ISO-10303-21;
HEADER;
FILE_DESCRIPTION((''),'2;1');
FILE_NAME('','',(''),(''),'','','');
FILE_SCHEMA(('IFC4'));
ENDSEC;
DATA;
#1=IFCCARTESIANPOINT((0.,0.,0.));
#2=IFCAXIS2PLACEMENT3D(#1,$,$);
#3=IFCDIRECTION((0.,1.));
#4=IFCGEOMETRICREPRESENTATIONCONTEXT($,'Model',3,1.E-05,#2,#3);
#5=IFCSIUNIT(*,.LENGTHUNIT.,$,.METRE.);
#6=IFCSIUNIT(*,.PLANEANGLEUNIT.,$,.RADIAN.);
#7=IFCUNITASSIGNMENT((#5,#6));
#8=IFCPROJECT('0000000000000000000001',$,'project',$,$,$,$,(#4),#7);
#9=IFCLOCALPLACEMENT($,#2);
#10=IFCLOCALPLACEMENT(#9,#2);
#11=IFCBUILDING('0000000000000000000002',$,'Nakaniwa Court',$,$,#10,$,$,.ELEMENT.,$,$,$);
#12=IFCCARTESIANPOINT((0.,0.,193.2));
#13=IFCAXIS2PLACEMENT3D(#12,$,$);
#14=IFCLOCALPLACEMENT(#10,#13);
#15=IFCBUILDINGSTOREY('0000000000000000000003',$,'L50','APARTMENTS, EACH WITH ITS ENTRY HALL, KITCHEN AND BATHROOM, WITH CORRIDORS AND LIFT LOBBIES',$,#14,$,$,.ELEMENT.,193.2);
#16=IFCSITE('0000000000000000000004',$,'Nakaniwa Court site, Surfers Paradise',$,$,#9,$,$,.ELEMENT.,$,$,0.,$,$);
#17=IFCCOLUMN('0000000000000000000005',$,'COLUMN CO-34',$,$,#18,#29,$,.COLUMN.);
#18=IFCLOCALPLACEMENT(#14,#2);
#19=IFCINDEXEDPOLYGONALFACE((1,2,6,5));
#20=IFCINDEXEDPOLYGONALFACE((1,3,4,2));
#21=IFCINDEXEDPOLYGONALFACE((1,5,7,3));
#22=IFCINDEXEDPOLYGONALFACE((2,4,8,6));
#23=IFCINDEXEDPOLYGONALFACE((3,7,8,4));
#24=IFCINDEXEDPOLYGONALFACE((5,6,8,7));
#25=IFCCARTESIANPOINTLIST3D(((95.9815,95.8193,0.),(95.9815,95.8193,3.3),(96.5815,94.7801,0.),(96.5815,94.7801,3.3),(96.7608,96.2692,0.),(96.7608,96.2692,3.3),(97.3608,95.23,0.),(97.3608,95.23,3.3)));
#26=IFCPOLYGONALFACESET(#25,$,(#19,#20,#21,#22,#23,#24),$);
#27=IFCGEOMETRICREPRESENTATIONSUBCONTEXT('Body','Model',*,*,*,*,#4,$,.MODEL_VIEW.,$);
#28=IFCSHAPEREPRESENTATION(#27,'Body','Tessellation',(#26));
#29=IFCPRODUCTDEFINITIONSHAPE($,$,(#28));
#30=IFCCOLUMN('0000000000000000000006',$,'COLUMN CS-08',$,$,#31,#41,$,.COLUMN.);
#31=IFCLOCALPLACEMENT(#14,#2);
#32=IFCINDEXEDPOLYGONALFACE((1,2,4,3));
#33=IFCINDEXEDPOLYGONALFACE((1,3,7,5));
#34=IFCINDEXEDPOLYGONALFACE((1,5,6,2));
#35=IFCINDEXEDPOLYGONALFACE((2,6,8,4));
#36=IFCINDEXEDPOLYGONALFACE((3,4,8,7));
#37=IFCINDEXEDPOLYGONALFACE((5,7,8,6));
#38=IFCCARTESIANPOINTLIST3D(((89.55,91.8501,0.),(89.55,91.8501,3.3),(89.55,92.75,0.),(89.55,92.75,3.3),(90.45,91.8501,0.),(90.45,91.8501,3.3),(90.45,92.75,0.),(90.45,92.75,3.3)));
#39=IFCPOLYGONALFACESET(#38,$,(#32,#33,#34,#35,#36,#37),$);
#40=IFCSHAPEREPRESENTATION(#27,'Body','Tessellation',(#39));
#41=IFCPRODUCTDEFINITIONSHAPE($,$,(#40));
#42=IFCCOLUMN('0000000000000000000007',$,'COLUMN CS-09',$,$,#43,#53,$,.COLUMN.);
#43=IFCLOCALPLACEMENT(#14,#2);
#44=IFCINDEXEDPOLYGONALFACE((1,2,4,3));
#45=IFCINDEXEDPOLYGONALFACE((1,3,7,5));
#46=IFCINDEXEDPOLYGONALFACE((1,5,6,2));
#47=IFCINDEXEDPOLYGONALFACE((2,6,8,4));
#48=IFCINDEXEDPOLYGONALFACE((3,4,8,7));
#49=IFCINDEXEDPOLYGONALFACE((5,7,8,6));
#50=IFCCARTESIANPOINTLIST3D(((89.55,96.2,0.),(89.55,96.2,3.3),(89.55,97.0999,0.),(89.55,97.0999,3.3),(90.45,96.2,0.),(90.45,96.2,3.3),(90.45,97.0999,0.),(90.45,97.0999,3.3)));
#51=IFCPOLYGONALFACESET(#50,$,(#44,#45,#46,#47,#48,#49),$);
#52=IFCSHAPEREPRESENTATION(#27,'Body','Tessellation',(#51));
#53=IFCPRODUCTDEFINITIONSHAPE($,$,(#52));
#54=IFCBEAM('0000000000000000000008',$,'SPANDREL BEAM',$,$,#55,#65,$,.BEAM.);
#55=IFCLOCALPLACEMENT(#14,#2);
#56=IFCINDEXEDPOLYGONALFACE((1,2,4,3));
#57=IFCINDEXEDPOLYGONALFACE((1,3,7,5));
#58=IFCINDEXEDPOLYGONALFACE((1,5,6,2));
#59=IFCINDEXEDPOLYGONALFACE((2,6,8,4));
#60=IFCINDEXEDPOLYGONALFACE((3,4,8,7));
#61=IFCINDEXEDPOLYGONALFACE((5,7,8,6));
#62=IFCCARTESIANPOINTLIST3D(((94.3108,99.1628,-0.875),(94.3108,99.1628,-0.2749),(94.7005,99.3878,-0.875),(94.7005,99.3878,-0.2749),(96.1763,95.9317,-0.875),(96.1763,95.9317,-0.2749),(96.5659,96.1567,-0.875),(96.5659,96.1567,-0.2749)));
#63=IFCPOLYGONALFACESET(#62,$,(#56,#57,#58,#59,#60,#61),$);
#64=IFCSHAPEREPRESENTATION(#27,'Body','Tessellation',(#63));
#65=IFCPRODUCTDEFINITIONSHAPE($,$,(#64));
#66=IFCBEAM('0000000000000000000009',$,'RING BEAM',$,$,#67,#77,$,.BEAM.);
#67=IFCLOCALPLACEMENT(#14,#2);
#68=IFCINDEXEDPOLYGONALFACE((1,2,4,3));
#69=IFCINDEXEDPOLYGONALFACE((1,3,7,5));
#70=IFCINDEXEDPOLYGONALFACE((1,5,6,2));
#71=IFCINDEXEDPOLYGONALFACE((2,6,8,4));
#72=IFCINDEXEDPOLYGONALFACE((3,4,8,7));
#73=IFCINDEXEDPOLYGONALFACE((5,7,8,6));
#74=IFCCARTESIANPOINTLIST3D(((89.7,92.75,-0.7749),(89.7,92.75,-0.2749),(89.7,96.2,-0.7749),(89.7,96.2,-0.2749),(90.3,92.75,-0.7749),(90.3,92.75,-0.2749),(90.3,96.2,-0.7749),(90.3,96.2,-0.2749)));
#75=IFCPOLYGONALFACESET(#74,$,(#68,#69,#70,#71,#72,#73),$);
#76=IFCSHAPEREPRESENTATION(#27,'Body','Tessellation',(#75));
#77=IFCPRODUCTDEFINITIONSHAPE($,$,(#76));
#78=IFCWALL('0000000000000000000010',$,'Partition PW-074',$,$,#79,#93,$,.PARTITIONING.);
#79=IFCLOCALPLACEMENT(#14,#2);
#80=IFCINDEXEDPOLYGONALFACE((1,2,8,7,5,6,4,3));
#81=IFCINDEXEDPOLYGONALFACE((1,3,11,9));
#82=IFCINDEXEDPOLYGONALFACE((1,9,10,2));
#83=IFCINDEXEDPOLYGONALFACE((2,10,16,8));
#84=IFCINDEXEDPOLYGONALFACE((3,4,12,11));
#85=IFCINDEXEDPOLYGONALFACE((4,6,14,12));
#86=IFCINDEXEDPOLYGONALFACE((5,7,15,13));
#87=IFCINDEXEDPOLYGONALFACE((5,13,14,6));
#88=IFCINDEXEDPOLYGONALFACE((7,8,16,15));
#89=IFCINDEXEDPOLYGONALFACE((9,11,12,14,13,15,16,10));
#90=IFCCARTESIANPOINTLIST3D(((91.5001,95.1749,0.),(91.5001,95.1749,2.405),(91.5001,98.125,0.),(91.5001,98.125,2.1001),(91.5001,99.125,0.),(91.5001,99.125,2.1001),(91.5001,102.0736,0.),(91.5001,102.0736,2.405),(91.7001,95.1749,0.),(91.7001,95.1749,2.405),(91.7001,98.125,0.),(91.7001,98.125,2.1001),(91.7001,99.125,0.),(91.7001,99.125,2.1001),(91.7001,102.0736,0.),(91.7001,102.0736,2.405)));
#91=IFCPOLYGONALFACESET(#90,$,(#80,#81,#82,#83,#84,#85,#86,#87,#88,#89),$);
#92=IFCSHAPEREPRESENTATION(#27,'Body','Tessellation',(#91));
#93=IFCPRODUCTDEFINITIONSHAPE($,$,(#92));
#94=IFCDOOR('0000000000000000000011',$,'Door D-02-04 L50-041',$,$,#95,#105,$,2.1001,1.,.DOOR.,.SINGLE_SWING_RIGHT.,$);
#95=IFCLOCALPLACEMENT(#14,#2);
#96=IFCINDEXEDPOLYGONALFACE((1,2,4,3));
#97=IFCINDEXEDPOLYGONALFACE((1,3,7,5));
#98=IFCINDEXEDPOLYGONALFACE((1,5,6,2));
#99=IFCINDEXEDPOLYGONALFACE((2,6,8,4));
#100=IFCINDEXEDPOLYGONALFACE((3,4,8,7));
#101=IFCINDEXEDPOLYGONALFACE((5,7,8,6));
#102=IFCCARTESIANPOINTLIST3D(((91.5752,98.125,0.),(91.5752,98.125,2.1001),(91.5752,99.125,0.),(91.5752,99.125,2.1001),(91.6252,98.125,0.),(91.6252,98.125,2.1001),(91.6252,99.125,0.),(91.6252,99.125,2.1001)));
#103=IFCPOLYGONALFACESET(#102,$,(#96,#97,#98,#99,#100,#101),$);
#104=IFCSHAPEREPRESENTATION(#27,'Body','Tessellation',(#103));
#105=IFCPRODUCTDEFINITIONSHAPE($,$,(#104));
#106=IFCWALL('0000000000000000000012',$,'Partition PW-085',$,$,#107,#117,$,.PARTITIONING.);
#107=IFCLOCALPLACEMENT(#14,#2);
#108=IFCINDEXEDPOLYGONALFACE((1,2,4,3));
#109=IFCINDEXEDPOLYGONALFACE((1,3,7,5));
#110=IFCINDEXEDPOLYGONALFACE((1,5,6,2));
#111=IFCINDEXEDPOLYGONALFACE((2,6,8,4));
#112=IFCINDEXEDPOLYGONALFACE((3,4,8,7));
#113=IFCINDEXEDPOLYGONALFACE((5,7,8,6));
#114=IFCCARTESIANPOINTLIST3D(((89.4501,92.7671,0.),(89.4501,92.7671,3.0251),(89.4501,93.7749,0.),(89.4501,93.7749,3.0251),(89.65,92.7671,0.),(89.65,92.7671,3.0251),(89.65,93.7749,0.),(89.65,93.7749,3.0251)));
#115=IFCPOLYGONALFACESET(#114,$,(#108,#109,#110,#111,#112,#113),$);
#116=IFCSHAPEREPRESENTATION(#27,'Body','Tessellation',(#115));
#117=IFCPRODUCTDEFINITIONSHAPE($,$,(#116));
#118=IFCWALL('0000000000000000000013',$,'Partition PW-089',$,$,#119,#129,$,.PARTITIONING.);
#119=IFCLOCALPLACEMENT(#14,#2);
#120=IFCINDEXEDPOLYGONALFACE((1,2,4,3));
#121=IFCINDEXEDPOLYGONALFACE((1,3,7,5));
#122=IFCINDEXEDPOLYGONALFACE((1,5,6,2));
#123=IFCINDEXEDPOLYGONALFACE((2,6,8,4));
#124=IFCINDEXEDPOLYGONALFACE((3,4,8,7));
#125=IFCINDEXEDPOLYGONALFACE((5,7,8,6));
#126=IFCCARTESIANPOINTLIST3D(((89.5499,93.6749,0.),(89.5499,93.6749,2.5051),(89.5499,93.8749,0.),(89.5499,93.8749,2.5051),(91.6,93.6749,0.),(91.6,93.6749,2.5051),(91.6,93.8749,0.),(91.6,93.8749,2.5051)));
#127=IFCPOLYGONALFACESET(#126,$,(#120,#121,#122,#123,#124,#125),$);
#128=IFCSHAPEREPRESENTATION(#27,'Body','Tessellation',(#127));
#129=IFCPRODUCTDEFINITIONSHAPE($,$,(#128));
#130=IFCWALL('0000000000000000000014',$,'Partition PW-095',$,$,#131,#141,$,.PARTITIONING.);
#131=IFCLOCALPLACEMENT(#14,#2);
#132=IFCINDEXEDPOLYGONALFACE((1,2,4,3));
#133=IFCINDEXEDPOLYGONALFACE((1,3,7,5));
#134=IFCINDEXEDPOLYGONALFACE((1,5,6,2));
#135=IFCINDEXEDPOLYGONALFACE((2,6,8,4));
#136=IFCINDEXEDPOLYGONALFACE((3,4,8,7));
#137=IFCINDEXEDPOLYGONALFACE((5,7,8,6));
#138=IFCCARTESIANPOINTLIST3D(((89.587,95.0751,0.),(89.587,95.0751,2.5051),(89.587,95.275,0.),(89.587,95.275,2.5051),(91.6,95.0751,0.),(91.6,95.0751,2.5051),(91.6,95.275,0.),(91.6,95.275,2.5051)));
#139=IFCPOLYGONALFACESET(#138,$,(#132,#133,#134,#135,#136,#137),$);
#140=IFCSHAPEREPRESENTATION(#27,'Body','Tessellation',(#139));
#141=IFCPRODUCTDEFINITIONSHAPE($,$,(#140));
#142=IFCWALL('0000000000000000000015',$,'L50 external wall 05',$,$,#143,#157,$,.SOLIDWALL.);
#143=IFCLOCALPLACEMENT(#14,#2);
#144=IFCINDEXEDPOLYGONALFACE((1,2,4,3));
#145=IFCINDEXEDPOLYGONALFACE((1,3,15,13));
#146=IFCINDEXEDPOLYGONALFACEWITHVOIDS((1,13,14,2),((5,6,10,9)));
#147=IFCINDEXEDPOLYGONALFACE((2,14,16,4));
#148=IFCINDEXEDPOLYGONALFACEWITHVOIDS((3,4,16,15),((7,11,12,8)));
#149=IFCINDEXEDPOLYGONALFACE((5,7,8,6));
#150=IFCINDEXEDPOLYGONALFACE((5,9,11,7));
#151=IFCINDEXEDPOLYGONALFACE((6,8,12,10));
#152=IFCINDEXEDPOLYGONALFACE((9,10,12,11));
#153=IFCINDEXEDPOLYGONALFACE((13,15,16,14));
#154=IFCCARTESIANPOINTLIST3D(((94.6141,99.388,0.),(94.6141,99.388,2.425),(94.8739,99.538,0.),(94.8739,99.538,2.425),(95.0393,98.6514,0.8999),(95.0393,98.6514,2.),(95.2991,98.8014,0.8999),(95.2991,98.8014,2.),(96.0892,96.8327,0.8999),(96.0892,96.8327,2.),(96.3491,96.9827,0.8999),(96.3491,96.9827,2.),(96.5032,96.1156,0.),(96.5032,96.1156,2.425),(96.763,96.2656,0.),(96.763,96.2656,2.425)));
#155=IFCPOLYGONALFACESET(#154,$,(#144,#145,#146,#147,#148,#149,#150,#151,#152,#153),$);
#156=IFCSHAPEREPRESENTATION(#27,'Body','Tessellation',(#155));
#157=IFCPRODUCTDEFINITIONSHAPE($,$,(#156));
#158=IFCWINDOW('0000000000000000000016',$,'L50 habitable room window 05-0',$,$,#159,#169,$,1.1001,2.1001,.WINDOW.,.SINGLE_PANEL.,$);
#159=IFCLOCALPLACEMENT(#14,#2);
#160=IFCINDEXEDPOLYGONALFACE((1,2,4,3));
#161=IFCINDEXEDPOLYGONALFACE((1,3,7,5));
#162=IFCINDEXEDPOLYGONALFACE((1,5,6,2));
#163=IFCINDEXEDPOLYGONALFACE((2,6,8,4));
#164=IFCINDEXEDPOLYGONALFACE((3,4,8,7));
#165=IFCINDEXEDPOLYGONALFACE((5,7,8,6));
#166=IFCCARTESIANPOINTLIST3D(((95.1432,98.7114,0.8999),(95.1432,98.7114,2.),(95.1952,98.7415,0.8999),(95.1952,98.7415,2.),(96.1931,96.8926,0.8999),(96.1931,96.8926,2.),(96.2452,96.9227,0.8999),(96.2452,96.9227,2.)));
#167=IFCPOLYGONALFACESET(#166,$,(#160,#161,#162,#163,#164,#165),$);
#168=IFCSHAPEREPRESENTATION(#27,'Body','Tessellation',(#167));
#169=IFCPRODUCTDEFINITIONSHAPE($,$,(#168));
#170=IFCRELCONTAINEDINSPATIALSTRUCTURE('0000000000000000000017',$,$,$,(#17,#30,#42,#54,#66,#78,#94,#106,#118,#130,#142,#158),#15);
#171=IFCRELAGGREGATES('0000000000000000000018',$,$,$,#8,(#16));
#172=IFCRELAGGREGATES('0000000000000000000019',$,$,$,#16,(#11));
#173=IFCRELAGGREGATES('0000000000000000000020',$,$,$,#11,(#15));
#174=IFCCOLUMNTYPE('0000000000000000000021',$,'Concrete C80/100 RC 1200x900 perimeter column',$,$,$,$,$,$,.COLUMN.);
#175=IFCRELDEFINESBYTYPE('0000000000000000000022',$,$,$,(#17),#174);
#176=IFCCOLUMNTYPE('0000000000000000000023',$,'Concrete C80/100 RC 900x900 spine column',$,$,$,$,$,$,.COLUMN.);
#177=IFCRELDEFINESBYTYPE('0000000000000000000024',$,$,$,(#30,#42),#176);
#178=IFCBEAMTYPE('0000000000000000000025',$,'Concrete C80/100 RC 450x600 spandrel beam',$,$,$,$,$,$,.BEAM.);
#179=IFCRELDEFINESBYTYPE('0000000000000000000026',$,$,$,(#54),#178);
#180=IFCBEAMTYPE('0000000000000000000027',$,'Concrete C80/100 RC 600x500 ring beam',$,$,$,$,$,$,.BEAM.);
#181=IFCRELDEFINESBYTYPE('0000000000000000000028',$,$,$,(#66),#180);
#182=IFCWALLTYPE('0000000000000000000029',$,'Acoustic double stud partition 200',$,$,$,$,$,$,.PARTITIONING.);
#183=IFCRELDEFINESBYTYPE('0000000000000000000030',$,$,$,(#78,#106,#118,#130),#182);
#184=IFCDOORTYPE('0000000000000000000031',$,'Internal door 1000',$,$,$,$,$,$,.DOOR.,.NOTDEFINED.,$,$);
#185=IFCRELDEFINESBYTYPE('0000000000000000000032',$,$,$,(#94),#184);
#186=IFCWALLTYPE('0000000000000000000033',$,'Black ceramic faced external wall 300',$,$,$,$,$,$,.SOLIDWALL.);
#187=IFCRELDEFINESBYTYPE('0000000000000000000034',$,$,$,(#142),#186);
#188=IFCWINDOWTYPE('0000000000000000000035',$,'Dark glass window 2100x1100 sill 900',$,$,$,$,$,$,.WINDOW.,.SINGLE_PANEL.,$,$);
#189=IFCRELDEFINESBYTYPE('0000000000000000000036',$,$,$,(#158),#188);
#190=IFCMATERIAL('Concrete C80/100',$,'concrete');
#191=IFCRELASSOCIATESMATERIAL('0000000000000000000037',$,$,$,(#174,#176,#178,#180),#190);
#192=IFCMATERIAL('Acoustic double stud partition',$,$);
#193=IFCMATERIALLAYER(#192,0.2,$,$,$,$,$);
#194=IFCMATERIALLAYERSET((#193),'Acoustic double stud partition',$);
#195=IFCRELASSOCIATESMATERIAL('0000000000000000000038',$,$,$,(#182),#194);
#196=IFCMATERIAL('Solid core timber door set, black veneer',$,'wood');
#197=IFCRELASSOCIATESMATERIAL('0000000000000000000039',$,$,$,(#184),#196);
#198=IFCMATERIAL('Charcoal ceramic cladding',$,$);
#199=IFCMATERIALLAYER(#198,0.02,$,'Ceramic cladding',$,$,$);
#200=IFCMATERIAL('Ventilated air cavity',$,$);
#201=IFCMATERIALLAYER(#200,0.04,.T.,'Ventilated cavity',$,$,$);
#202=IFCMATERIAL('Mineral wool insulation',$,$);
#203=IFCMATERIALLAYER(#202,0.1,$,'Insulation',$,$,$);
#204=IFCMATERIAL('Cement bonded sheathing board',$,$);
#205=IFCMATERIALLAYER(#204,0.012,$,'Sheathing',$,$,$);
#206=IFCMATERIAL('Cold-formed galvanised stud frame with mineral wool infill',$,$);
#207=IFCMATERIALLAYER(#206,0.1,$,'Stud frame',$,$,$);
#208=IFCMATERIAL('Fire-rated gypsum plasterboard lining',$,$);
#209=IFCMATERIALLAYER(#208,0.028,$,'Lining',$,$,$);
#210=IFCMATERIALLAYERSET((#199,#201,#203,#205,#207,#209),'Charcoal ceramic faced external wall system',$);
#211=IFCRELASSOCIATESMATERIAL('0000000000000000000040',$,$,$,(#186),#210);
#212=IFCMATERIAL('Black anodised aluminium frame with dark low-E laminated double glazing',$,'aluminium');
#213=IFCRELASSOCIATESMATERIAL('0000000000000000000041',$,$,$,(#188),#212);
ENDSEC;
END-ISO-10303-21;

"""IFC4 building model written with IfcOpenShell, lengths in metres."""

from ifc_helpers import new_model, si_unit, direction, frame, frame_2d, origin, origin_2d, place, context, subcontext, project, spatial, rectangle, extrude, material, layer, layer_set, material_profile, profile_set, type_object, element, fill, save


model = new_model("IFC4")

# Units and contexts
model_context = context("Model", 3, precision=1e-05, world=origin(), true_north=direction((0.0, 1.0)))
body_context = subcontext(model_context, "Body", "Model", "MODEL_VIEW")
ifc_project = project(units=[si_unit("LENGTHUNIT", "METRE"), si_unit("PLANEANGLEUNIT", "RADIAN")], contexts=[model_context])

# Site, building, storey
site_placement = place(None, origin())
site = spatial("IfcSite", under=ifc_project, at=site_placement, Name="Nakaniwa Court site, Surfers Paradise", CompositionType="ELEMENT", RefElevation=0.0)
building_placement = place(site_placement, origin())
building = spatial("IfcBuilding", under=site, at=building_placement, Name="Nakaniwa Court", CompositionType="ELEMENT")
storey_placement = place(building_placement, frame((0.0, 0.0, 193.2)))
storey = spatial("IfcBuildingStorey", under=building, at=storey_placement, Name="L50", Description="APARTMENTS, EACH WITH ITS ENTRY HALL, KITCHEN AND BATHROOM, WITH CORRIDORS AND LIFT LOBBIES", CompositionType="ELEMENT", Elevation=193.2)

# Columns
ifc_material_1 = material(Name="Concrete C80/100", Category="concrete")
ifc_material_profile_1 = material_profile(ifc_material_1, rectangle(XDim=1.2, YDim=0.8999, at=origin_2d()), Name="Concrete C80/100 RC 1200x900 perimeter column")
ifc_profile_set_1 = profile_set([ifc_material_profile_1], Name="Concrete C80/100")
column_type_1 = type_object("IfcColumnType", Name="Concrete C80/100 RC 1200x900 perimeter column", PredefinedType="COLUMN", material=ifc_profile_set_1)
column_placement = place(storey_placement, frame((96.6711, 95.5247, 0.0), z_axis=(0.0, 0.0, 1.0), x_axis=(-0.5, 0.866025, 0.0)))
element("IfcColumn", 1, at=column_placement, inside=storey, type_object=column_type_1, Name="COLUMN CO-34", PredefinedType="COLUMN", context=body_context, shape_type="SweptSolid", body=[
    extrude(rectangle(XDim=1.2, YDim=0.8999, at=origin_2d()), origin(), (0.0, 0.0, 1.0), 3.3),
])
ifc_material_profile_2 = material_profile(ifc_material_1, rectangle(XDim=0.8999, YDim=0.8999, at=origin_2d()), Name="Concrete C80/100 RC 900x900 spine column")
ifc_profile_set_2 = profile_set([ifc_material_profile_2], Name="Concrete C80/100")
column_type_2 = type_object("IfcColumnType", Name="Concrete C80/100 RC 900x900 spine column", PredefinedType="COLUMN", material=ifc_profile_set_2)
for number, where, z_axis, x_axis, name in (
    (2, (90.0, 92.3, 0.0), (0.0, 0.0, 1.0), (0.0, 1.0, 0.0), "COLUMN CS-08"),
    (3, (90.0, 96.6499, 0.0), (0.0, 0.0, 1.0), (0.0, 1.0, 0.0), "COLUMN CS-09"),
):
    element("IfcColumn", number, at=place(storey_placement, frame(where, z_axis=z_axis, x_axis=x_axis)), inside=storey, type_object=column_type_2, Name=name, PredefinedType="COLUMN", context=body_context, shape_type="SweptSolid", body=[
        extrude(rectangle(XDim=0.8999, YDim=0.8999, at=origin_2d()), origin(), (0.0, 0.0, 1.0), 3.3),
    ])

# Beams
ifc_material_profile_3 = material_profile(ifc_material_1, rectangle(XDim=0.45, YDim=0.6001, at=origin_2d()), Name="Concrete C80/100 RC 450x600 spandrel beam")
ifc_profile_set_3 = profile_set([ifc_material_profile_3], Name="Concrete C80/100")
beam_type_1 = type_object("IfcBeamType", Name="Concrete C80/100 RC 450x600 spandrel beam", PredefinedType="BEAM", material=ifc_profile_set_3)
beam_1_placement = place(storey_placement, frame((96.3711, 96.0442, -0.575), z_axis=(-0.499989, 0.866032, 0.0), x_axis=(-0.866032, -0.499989, 0.0)))
element("IfcBeam", 4, at=beam_1_placement, inside=storey, type_object=beam_type_1, Name="SPANDREL BEAM", PredefinedType="BEAM", context=body_context, shape_type="SweptSolid", body=[
    extrude(rectangle(XDim=0.45, YDim=0.6001, at=origin_2d()), origin(), (0.0, 0.0, 1.0), 3.731),
])
ifc_material_profile_4 = material_profile(ifc_material_1, rectangle(XDim=0.6001, YDim=0.5, at=origin_2d()), Name="Concrete C80/100 RC 600x500 ring beam")
ifc_profile_set_4 = profile_set([ifc_material_profile_4], Name="Concrete C80/100")
beam_type_2 = type_object("IfcBeamType", Name="Concrete C80/100 RC 600x500 ring beam", PredefinedType="BEAM", material=ifc_profile_set_4)
beam_2_placement = place(storey_placement, frame((90.0, 92.75, -0.5249), z_axis=(0.0, 1.0, 0.0), x_axis=(-1.0, 0.0, 0.0)))
element("IfcBeam", 5, at=beam_2_placement, inside=storey, type_object=beam_type_2, Name="RING BEAM", PredefinedType="BEAM", context=body_context, shape_type="SweptSolid", body=[
    extrude(rectangle(XDim=0.6001, YDim=0.5, at=origin_2d()), origin(), (0.0, 0.0, 1.0), 3.45),
])

# Wall, opening, door
ifc_material_2 = material(Name="Acoustic double stud partition")
ifc_layer_1 = layer(ifc_material_2, 0.2)
ifc_layer_set_1 = layer_set([ifc_layer_1], Name="Acoustic double stud partition")
wall_type_1 = type_object("IfcWallType", Name="Acoustic double stud partition 200", PredefinedType="PARTITIONING", material=ifc_layer_set_1)
wall_1_placement = place(storey_placement, frame((91.6001, 95.175, 0.0), z_axis=(0.0, 0.0, 1.0), x_axis=(0.0, 1.0, 0.0)))
wall_1 = element("IfcWall", 6, at=wall_1_placement, inside=storey, type_object=wall_type_1, Name="Partition PW-074", PredefinedType="PARTITIONING", context=body_context, shape_type="SweptSolid", body=[
    extrude(rectangle(XDim=6.8987, YDim=0.2, at=frame_2d((3.4492, 0.0))), origin(), (0.0, 0.0, 1.0), 2.405),
])
opening_1_placement = place(wall_1_placement, frame((2.95, 0.0, 0.0)))
opening_1 = element("IfcOpeningElement", 7, at=opening_1_placement, cuts=wall_1, PredefinedType="OPENING", context=body_context, shape_type="SweptSolid", body=[
    extrude(rectangle(XDim=1.0, YDim=2.1001, at=frame_2d((0.5, 1.05))), frame((0.0, 0.1099, 0.0), z_axis=(0.0, -1.0, 0.0), x_axis=(1.0, 0.0, 0.0)), (0.0, 0.0, 1.0), 0.22),
])
ifc_material_3 = material(Name="Solid core timber door set, black veneer", Category="wood")
door_type_1 = type_object("IfcDoorType", Name="Internal door 1000", OperationType="NOTDEFINED", PredefinedType="DOOR", material=ifc_material_3)
door_1_placement = place(opening_1_placement, origin())
door_1 = element("IfcDoor", 8, at=door_1_placement, inside=storey, type_object=door_type_1, Name="Door D-02-04 L50-041", OperationType="SINGLE_SWING_RIGHT", OverallHeight=2.1001, OverallWidth=1.0, PredefinedType="DOOR", context=body_context, shape_type="SweptSolid", body=[
    extrude(rectangle(XDim=1.0, YDim=2.1001, at=frame_2d((0.5, 1.05))), frame((0.0, 0.0249, 0.0), z_axis=(0.0, -1.0, 0.0), x_axis=(1.0, 0.0, 0.0)), (0.0, 0.0, 1.0), 0.05),
])
fill(opening_1, door_1)

# Walls
wall_2_placement = place(storey_placement, frame((89.55, 92.7671, 0.0), z_axis=(0.0, 0.0, 1.0), x_axis=(0.0, 1.0, 0.0)))
element("IfcWall", 9, at=wall_2_placement, inside=storey, type_object=wall_type_1, Name="Partition PW-085", PredefinedType="PARTITIONING", context=body_context, shape_type="SweptSolid", body=[
    extrude(rectangle(XDim=1.0078, YDim=0.2, at=frame_2d((0.5039, 0.0))), origin(), (0.0, 0.0, 1.0), 3.0251),
])
wall_3_placement = place(storey_placement, frame((89.55, 93.7749, 0.0), z_axis=(0.0, 0.0, 1.0), x_axis=(1.0, 0.0, 0.0)))
element("IfcWall", 10, at=wall_3_placement, inside=storey, type_object=wall_type_1, Name="Partition PW-089", PredefinedType="PARTITIONING", context=body_context, shape_type="SweptSolid", body=[
    extrude(rectangle(XDim=2.05, YDim=0.2, at=frame_2d((1.0249, 0.0))), origin(), (0.0, 0.0, 1.0), 2.5051),
])
wall_4_placement = place(storey_placement, frame((89.5872, 95.175, 0.0), z_axis=(0.0, 0.0, 1.0), x_axis=(1.0, 0.0, 0.0)))
element("IfcWall", 11, at=wall_4_placement, inside=storey, type_object=wall_type_1, Name="Partition PW-095", PredefinedType="PARTITIONING", context=body_context, shape_type="SweptSolid", body=[
    extrude(rectangle(XDim=2.0129, YDim=0.2, at=frame_2d((1.0063, 0.0))), origin(), (0.0, 0.0, 1.0), 2.5051),
])

# Wall, opening, window
ifc_material_4 = material(Name="Charcoal ceramic cladding")
ifc_layer_2 = layer(ifc_material_4, 0.02, Name="Ceramic cladding")
ifc_material_5 = material(Name="Ventilated air cavity")
ifc_layer_3 = layer(ifc_material_5, 0.04, ventilated=True, Name="Ventilated cavity")
ifc_material_6 = material(Name="Mineral wool insulation")
ifc_layer_4 = layer(ifc_material_6, 0.1, Name="Insulation")
ifc_material_7 = material(Name="Cement bonded sheathing board")
ifc_layer_5 = layer(ifc_material_7, 0.012, Name="Sheathing")
ifc_material_8 = material(Name="Cold-formed galvanised stud frame with mineral wool infill")
ifc_layer_6 = layer(ifc_material_8, 0.1, Name="Stud frame")
ifc_material_9 = material(Name="Fire-rated gypsum plasterboard lining")
ifc_layer_7 = layer(ifc_material_9, 0.028, Name="Lining")
ifc_layer_set_2 = layer_set([ifc_layer_2, ifc_layer_3, ifc_layer_4, ifc_layer_5, ifc_layer_6, ifc_layer_7], Name="Charcoal ceramic faced external wall system")
wall_type_2 = type_object("IfcWallType", Name="Black ceramic faced external wall 300", PredefinedType="SOLIDWALL", material=ifc_layer_set_2)
wall_5_placement = place(storey_placement, frame((96.6331, 96.1907, 0.0), z_axis=(0.0, 0.0, 1.0), x_axis=(-0.499961, 0.866048, 0.0)))
wall_5 = element("IfcWall", 12, at=wall_5_placement, inside=storey, type_object=wall_type_2, Name="L50 external wall 05", PredefinedType="SOLIDWALL", context=body_context, shape_type="SweptSolid", body=[
    extrude(rectangle(XDim=3.7786, YDim=0.3, at=frame_2d((1.8892, 0.0))), origin(), (0.0, 0.0, 1.0), 2.425),
])
opening_2_placement = place(wall_5_placement, frame((0.8279, 0.0, 0.8999)))
opening_2 = element("IfcOpeningElement", 13, at=opening_2_placement, cuts=wall_5, PredefinedType="OPENING", context=body_context, shape_type="SweptSolid", body=[
    extrude(rectangle(XDim=2.1001, YDim=1.1001, at=frame_2d((1.05, 0.55))), frame((0.0, 0.1599, 0.0), z_axis=(0.0, -1.0, 0.0), x_axis=(1.0, 0.0, 0.0)), (0.0, 0.0, 1.0), 0.3201),
])
ifc_material_10 = material(Name="Black anodised aluminium frame with dark low-E laminated double glazing", Category="aluminium")
window_type = type_object("IfcWindowType", Name="Dark glass window 2100x1100 sill 900", PartitioningType="SINGLE_PANEL", PredefinedType="WINDOW", material=ifc_material_10)
window_placement = place(opening_2_placement, origin())
window = element("IfcWindow", 14, at=window_placement, inside=storey, type_object=window_type, Name="L50 habitable room window 05-0", OverallHeight=1.1001, OverallWidth=2.1001, PartitioningType="SINGLE_PANEL", PredefinedType="WINDOW", context=body_context, shape_type="SweptSolid", body=[
    extrude(rectangle(XDim=2.1001, YDim=1.1001, at=frame_2d((1.05, 0.55))), frame((0.0, 0.03, 0.0), z_axis=(0.0, -1.0, 0.0), x_axis=(1.0, 0.0, 0.0)), (0.0, 0.0, 1.0), 0.0601),
])
fill(opening_2, window)

save(model, "model.ifc")
